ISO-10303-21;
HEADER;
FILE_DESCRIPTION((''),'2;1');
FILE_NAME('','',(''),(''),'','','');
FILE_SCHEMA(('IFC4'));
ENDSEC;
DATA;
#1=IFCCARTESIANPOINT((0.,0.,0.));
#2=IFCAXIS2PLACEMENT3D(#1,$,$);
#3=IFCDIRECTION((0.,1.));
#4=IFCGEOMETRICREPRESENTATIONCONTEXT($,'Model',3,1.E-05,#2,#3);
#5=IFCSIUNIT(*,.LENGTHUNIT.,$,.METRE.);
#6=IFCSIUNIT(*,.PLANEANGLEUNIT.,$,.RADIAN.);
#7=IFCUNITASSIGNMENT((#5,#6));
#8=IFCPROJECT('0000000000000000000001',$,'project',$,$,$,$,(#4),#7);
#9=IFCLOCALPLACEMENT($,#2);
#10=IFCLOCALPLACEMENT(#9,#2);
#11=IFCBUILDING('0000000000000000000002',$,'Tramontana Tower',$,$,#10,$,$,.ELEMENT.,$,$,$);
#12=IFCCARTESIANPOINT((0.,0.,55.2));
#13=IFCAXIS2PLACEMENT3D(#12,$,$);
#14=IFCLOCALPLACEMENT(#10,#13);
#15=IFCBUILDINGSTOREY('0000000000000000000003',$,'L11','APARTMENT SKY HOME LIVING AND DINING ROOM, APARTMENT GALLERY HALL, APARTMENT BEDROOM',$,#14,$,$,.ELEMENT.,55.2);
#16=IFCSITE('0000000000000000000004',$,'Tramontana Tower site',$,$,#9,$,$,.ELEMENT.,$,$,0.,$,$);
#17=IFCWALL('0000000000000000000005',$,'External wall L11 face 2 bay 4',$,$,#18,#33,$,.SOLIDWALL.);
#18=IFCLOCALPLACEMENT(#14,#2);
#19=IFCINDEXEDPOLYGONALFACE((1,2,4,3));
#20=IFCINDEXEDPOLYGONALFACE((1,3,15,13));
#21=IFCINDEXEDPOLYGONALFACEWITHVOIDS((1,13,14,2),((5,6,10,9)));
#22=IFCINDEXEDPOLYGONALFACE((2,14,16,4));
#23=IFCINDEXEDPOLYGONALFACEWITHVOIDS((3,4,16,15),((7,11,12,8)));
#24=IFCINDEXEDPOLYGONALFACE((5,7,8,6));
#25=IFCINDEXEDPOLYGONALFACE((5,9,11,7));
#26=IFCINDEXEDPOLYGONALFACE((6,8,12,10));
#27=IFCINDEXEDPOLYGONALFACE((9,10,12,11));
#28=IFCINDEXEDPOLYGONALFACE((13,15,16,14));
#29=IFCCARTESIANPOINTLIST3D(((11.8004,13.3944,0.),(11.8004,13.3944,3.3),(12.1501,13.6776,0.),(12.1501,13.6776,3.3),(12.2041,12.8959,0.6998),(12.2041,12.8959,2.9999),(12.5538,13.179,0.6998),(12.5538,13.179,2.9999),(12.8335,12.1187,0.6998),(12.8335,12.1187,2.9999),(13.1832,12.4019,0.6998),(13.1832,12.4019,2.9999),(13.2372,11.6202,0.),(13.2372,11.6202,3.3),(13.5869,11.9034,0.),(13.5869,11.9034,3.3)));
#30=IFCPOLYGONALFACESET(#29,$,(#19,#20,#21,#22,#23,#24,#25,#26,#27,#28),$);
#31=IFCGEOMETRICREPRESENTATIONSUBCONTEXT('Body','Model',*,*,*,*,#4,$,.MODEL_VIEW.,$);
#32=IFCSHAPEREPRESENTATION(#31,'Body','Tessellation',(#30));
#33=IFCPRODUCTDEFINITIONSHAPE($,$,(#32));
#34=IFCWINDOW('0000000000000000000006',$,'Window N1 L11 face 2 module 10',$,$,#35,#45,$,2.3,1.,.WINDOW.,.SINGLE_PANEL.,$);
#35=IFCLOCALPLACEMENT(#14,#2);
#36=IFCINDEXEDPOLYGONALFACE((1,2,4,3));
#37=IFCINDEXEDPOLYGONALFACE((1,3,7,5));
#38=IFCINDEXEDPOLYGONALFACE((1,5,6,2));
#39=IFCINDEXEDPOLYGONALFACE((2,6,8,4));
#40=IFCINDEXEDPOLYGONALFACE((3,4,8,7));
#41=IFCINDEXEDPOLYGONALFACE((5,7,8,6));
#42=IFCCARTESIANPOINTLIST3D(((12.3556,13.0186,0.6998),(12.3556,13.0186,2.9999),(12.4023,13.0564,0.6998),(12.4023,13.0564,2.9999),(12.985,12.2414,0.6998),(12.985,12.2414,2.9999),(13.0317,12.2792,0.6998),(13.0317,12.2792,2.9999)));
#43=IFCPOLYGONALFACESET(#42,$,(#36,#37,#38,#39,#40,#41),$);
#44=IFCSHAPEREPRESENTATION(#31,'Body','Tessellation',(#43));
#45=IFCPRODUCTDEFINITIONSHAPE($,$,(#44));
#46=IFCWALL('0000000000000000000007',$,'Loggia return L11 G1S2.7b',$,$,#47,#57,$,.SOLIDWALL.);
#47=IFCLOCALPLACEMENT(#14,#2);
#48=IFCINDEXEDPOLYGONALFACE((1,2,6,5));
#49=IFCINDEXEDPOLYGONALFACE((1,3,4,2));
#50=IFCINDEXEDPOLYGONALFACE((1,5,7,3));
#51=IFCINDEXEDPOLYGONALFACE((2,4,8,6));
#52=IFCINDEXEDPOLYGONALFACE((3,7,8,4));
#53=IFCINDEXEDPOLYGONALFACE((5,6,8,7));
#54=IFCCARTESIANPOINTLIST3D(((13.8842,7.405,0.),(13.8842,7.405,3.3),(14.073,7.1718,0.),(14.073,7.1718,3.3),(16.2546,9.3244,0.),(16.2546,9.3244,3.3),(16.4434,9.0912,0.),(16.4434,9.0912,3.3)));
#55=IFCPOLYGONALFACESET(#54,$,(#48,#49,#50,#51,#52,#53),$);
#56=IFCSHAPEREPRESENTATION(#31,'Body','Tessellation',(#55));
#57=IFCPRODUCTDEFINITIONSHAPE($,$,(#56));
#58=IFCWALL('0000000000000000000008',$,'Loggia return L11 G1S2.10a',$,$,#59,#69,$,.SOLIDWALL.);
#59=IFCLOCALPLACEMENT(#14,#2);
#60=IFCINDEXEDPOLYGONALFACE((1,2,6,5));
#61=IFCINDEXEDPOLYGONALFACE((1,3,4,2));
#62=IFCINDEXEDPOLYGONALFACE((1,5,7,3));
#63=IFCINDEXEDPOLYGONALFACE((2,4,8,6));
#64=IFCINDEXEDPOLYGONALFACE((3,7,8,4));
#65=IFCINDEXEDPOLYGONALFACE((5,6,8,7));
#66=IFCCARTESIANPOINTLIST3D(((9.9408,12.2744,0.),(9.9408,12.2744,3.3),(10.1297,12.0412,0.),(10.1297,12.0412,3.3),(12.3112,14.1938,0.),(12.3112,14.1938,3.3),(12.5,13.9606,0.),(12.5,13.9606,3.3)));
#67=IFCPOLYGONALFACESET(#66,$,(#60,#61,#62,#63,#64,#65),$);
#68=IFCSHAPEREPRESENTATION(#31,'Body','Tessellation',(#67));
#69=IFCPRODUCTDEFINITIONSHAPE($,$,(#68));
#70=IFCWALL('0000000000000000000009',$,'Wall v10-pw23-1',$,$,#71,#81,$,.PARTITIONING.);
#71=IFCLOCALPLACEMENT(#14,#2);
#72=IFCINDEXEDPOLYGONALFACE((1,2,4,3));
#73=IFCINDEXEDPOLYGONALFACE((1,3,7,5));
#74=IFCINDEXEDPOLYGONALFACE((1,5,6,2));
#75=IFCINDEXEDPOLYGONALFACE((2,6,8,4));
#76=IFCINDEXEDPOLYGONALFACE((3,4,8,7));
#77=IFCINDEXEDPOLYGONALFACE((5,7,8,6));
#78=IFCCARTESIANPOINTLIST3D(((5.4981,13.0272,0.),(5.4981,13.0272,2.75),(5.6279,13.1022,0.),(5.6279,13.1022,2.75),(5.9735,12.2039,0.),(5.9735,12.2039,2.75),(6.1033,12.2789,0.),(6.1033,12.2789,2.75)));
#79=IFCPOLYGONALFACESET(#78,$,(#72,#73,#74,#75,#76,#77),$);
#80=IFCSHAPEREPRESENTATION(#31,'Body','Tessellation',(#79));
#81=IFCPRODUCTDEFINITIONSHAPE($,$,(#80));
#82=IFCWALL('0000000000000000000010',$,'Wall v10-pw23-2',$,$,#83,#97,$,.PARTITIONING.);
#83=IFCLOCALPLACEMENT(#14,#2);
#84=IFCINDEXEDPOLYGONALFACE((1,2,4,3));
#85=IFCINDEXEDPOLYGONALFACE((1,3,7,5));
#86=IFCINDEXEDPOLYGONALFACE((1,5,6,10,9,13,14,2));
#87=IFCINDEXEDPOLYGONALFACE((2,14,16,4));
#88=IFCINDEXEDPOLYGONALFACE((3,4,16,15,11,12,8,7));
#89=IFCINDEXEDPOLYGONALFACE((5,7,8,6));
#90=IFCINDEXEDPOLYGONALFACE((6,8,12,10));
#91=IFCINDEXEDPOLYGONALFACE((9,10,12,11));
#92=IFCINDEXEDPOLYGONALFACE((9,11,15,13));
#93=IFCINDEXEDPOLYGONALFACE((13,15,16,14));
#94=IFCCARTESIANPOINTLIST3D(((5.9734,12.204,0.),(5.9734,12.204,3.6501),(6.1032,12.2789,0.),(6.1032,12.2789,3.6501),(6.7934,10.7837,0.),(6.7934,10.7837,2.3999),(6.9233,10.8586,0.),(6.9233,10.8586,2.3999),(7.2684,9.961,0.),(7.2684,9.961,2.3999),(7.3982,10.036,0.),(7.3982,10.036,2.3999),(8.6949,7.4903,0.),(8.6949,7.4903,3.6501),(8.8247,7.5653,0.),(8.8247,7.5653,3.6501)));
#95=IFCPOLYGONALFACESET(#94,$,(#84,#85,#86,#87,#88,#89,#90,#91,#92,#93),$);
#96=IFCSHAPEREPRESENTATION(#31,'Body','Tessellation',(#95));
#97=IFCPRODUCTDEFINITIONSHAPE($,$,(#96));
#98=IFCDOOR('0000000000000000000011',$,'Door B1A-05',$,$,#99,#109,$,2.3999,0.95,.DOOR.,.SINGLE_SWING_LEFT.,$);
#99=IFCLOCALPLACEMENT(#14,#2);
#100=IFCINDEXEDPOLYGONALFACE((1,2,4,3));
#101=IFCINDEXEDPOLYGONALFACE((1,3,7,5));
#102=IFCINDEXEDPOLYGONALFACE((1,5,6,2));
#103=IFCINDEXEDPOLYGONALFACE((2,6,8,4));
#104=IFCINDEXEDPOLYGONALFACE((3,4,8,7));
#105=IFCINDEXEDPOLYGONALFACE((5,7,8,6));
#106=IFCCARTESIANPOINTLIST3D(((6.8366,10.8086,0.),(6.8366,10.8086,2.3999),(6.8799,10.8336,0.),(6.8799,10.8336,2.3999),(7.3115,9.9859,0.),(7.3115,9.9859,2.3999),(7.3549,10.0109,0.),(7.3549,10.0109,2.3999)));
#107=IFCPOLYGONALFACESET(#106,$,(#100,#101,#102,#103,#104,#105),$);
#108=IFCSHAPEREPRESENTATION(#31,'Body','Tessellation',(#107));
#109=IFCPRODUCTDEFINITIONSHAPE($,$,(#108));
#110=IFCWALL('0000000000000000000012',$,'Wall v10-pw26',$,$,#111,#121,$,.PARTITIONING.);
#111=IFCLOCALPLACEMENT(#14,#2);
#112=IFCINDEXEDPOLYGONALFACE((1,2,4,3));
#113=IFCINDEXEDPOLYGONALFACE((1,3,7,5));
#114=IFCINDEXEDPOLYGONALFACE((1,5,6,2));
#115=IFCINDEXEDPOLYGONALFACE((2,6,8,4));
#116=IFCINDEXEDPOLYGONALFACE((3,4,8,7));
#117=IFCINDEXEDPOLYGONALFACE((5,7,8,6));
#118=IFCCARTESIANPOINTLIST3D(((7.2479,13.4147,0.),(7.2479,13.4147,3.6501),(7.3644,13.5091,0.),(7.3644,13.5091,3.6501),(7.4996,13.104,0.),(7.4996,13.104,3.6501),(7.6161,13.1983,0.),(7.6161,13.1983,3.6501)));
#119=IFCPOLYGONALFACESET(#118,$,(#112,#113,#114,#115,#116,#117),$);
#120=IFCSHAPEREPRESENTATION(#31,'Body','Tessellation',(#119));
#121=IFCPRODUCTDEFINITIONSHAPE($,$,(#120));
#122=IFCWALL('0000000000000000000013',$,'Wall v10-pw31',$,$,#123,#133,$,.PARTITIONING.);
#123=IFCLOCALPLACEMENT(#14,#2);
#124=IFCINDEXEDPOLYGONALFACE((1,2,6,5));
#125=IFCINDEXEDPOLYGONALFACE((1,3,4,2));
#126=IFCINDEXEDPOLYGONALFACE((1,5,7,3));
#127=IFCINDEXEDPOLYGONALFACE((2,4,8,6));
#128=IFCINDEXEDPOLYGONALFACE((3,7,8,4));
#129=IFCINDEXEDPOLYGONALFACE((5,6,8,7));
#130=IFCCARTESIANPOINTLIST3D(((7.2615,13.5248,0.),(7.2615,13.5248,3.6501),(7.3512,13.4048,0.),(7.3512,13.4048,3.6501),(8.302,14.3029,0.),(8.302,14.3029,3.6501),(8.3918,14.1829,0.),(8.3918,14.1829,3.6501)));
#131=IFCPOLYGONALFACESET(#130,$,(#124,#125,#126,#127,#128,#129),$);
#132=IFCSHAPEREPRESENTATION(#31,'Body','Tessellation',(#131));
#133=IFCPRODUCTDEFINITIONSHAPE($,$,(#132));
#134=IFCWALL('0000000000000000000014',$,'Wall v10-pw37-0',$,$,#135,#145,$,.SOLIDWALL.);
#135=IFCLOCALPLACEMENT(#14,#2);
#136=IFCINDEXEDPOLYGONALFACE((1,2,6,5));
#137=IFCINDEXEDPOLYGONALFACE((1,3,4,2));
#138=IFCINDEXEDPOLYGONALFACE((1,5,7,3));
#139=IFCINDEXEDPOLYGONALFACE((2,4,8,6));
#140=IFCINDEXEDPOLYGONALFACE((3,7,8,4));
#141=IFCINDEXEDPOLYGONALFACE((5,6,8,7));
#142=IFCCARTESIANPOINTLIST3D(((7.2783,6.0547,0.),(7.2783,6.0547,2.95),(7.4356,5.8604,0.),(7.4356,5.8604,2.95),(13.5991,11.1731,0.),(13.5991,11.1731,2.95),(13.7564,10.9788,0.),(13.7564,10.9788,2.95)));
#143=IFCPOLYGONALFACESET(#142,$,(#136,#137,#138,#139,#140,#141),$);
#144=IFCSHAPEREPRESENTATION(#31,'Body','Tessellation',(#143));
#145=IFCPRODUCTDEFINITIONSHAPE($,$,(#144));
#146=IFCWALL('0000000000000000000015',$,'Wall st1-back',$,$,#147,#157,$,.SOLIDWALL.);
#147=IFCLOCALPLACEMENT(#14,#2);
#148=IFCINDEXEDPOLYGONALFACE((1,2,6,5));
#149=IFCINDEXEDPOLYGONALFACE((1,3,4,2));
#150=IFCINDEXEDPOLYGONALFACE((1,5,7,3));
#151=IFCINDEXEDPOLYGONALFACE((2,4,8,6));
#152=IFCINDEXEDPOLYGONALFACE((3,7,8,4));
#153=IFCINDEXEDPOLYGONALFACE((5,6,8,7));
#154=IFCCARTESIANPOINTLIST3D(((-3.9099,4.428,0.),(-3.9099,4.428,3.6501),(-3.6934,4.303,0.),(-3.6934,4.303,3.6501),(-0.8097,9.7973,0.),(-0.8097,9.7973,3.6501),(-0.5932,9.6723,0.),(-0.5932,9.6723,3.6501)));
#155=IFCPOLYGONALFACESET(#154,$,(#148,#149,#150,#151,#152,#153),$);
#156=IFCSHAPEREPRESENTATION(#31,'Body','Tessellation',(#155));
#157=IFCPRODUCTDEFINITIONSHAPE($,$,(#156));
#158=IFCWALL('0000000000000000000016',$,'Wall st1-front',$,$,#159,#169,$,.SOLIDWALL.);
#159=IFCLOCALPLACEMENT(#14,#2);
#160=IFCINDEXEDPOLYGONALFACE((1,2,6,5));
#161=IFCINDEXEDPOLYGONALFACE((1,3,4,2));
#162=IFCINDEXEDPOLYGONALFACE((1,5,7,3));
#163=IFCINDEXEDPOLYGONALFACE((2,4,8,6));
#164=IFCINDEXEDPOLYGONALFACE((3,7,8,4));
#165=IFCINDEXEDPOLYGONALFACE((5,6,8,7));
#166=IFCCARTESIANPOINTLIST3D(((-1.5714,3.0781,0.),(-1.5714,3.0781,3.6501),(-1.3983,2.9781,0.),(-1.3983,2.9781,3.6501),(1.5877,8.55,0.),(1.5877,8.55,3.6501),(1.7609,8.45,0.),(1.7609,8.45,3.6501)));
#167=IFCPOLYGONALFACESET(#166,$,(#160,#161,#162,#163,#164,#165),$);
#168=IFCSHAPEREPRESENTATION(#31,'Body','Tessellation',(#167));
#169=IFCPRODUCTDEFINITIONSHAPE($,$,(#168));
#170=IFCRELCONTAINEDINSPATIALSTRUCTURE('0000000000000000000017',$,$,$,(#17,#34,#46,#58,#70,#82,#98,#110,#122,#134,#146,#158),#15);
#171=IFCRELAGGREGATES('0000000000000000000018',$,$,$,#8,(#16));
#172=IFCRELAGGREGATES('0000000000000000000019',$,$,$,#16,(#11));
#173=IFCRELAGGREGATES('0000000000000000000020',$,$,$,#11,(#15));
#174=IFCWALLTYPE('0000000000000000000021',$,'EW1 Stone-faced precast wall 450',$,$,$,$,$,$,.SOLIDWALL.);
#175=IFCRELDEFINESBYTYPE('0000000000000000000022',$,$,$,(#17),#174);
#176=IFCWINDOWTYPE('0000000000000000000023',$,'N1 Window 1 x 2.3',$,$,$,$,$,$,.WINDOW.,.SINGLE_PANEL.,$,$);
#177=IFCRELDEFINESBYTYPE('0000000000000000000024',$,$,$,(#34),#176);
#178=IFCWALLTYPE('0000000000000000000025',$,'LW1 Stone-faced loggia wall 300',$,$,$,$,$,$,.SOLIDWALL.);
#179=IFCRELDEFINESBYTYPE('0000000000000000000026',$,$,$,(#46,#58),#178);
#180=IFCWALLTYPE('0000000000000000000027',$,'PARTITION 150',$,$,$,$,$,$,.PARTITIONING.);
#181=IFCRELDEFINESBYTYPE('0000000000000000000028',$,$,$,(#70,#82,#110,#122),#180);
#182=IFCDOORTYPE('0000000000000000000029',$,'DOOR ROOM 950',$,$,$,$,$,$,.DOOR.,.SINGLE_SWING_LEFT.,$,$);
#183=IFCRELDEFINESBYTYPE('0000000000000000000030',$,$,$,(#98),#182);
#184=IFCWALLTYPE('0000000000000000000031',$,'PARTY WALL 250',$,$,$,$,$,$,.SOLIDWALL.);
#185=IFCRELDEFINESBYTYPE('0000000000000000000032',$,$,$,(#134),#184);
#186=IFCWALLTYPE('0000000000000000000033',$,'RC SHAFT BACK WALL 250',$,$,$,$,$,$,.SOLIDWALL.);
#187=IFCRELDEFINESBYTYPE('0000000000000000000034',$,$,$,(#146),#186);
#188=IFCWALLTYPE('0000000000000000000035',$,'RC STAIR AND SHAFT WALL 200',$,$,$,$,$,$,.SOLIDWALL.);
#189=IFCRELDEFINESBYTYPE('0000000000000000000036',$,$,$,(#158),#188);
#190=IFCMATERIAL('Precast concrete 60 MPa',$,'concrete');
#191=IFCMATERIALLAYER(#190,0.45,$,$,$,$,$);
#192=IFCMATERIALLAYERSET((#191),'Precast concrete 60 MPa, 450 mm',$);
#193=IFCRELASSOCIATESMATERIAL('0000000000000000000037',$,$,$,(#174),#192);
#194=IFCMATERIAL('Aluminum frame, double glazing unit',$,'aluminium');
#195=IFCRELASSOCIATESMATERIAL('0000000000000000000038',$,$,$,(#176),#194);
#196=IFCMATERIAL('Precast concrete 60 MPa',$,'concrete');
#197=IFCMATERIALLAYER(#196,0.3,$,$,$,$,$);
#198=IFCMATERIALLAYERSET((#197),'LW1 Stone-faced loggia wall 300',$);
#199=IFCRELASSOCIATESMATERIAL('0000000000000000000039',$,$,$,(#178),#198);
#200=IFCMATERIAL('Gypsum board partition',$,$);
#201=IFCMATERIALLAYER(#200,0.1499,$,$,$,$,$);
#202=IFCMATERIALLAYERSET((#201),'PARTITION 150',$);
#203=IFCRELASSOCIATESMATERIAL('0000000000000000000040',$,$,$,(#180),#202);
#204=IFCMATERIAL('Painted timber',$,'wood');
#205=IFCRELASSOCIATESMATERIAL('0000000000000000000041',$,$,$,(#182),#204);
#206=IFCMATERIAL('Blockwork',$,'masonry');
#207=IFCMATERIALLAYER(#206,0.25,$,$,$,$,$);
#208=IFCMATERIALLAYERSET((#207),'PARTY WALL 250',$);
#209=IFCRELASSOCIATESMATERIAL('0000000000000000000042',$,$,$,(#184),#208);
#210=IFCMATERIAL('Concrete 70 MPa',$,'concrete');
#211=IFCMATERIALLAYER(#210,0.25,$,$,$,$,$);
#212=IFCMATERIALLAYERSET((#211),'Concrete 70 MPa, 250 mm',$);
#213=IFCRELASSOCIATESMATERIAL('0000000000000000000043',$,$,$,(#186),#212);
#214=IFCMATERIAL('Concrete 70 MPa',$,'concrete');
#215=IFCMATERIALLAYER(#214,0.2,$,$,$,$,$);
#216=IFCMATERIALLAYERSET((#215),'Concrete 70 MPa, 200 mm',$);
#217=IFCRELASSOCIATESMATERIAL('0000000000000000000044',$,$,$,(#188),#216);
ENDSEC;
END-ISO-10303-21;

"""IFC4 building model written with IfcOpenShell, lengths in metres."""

from ifc_helpers import new_model, si_unit, direction, frame, frame_2d, origin, place, context, subcontext, project, spatial, rectangle, extrude, material, layer, layer_set, type_object, element, fill, save


model = new_model("IFC4")

# Units and contexts
model_context = context("Model", 3, precision=1e-05, world=origin(), true_north=direction((0.0, 1.0)))
body_context = subcontext(model_context, "Body", "Model", "MODEL_VIEW")
ifc_project = project(units=[si_unit("LENGTHUNIT", "METRE"), si_unit("PLANEANGLEUNIT", "RADIAN")], contexts=[model_context])

# Site, building, storey
site_placement = place(None, origin())
site = spatial("IfcSite", under=ifc_project, at=site_placement, Name="Tramontana Tower site", CompositionType="ELEMENT", RefElevation=0.0)
building_placement = place(site_placement, origin())
building = spatial("IfcBuilding", under=site, at=building_placement, Name="Tramontana Tower", CompositionType="ELEMENT")
storey_placement = place(building_placement, frame((0.0, 0.0, 55.2)))
storey = spatial("IfcBuildingStorey", under=building, at=storey_placement, Name="L11", Description="APARTMENT SKY HOME LIVING AND DINING ROOM, APARTMENT GALLERY HALL, APARTMENT BEDROOM", CompositionType="ELEMENT", Elevation=55.2)

# Wall, opening, window
ifc_material_1 = material(Name="Precast concrete 60 MPa", Category="concrete")
ifc_layer_1 = layer(ifc_material_1, 0.45)
ifc_layer_set_1 = layer_set([ifc_layer_1], Name="Precast concrete 60 MPa, 450 mm")
wall_type_1 = type_object("IfcWallType", Name="EW1 Stone-faced precast wall 450", PredefinedType="SOLIDWALL", material=ifc_layer_set_1)
wall_1_placement = place(storey_placement, frame((13.4121, 11.7617, 0.0), z_axis=(0.0, 0.0, 1.0), x_axis=(-0.62934, 0.77713, 0.0)))
wall_1 = element("IfcWall", 1, at=wall_1_placement, inside=storey, type_object=wall_type_1, Name="External wall L11 face 2 bay 4", PredefinedType="SOLIDWALL", context=body_context, shape_type="SweptSolid", body=[
    extrude(rectangle(XDim=2.283, YDim=0.45, at=frame_2d((1.1416, 0.0))), origin(), (0.0, 0.0, 1.0), 3.3),
])
opening_1_placement = place(wall_1_placement, frame((0.6416, 0.0, 0.7)))
opening_1 = element("IfcOpeningElement", 2, at=opening_1_placement, cuts=wall_1, PredefinedType="OPENING", context=body_context, shape_type="SweptSolid", body=[
    extrude(rectangle(XDim=1.0, YDim=2.3, at=frame_2d((0.5, 1.1499))), frame((0.0, 0.2349, 0.0), z_axis=(0.0, -1.0, 0.0), x_axis=(1.0, 0.0, 0.0)), (0.0, 0.0, 1.0), 0.47),
])
ifc_material_2 = material(Name="Aluminum frame, double glazing unit", Category="aluminium")
window_type_1 = type_object("IfcWindowType", Name="N1 Window 1 x 2.3", PartitioningType="SINGLE_PANEL", PredefinedType="WINDOW", material=ifc_material_2)
window_1_placement = place(opening_1_placement, origin())
window_1 = element("IfcWindow", 3, at=window_1_placement, inside=storey, type_object=window_type_1, Name="Window N1 L11 face 2 module 10", OverallHeight=2.3, OverallWidth=1.0, PartitioningType="SINGLE_PANEL", PredefinedType="WINDOW", context=body_context, shape_type="SweptSolid", body=[
    extrude(rectangle(XDim=1.0, YDim=2.3, at=frame_2d((0.5, 1.1499))), frame((0.0, 0.03, 0.0), z_axis=(0.0, -1.0, 0.0), x_axis=(1.0, 0.0, 0.0)), (0.0, 0.0, 1.0), 0.0601),
])
fill(opening_1, window_1)

# Wall
ifc_material_3 = material(Name="Precast concrete 60 MPa", Category="concrete")
ifc_layer_2 = layer(ifc_material_3, 0.3)
ifc_layer_set_2 = layer_set([ifc_layer_2], Name="LW1 Stone-faced loggia wall 300")
wall_type_2 = type_object("IfcWallType", Name="LW1 Stone-faced loggia wall 300", PredefinedType="SOLIDWALL", material=ifc_layer_set_2)
wall_2_placement = place(storey_placement, frame((16.3489, 9.2078, 0.0), z_axis=(0.0, 0.0, 1.0), x_axis=(-0.777154, -0.629311, 0.0)))
element("IfcWall", 4, at=wall_2_placement, inside=storey, type_object=wall_type_2, Name="Loggia return L11 G1S2.7b", PredefinedType="SOLIDWALL", context=body_context, shape_type="SweptSolid", body=[
    extrude(rectangle(XDim=3.05, YDim=0.3, at=frame_2d((1.5249, 0.0))), origin(), (0.0, 0.0, 1.0), 3.3),
])

# Walls
wall_3_placement = place(storey_placement, frame((12.4055, 14.0771, 0.0), z_axis=(0.0, 0.0, 1.0), x_axis=(-0.777154, -0.629311, 0.0)))
element("IfcWall", 5, at=wall_3_placement, inside=storey, type_object=wall_type_2, Name="Loggia return L11 G1S2.10a", PredefinedType="SOLIDWALL", context=body_context, shape_type="SweptSolid", body=[
    extrude(rectangle(XDim=3.05, YDim=0.3, at=frame_2d((1.5249, 0.0))), origin(), (0.0, 0.0, 1.0), 3.3),
])
ifc_material_4 = material(Name="Gypsum board partition")
ifc_layer_3 = layer(ifc_material_4, 0.1499)
ifc_layer_set_3 = layer_set([ifc_layer_3], Name="PARTITION 150")
wall_type_3 = type_object("IfcWallType", Name="PARTITION 150", PredefinedType="PARTITIONING", material=ifc_layer_set_3)
wall_4_placement = place(storey_placement, frame((5.563, 13.0647, 0.0), z_axis=(0.0, 0.0, 1.0), x_axis=(0.500034, -0.866006, 0.0)))
element("IfcWall", 6, at=wall_4_placement, inside=storey, type_object=wall_type_3, Name="Wall v10-pw23-1", PredefinedType="PARTITIONING", context=body_context, shape_type="SweptSolid", body=[
    extrude(rectangle(XDim=0.9507, YDim=0.1499, at=frame_2d((0.4753, 0.0))), origin(), (0.0, 0.0, 1.0), 2.75),
])

# Wall, opening, door
wall_5_placement = place(storey_placement, frame((6.0383, 12.2415, 0.0), z_axis=(0.0, 0.0, 1.0), x_axis=(0.500003, -0.866023, 0.0)))
wall_5 = element("IfcWall", 7, at=wall_5_placement, inside=storey, type_object=wall_type_3, Name="Wall v10-pw23-2", PredefinedType="PARTITIONING", context=body_context, shape_type="SweptSolid", body=[
    extrude(rectangle(XDim=5.4429, YDim=0.1499, at=frame_2d((2.7214, 0.0))), origin(), (0.0, 0.0, 1.0), 3.6501),
])
opening_2_placement = place(wall_5_placement, frame((1.6399, 0.0, 0.0)))
opening_2 = element("IfcOpeningElement", 8, at=opening_2_placement, cuts=wall_5, PredefinedType="OPENING", context=body_context, shape_type="SweptSolid", body=[
    extrude(rectangle(XDim=0.95, YDim=2.3999, at=frame_2d((0.4751, 1.2))), frame((0.0, 0.085, 0.0), z_axis=(0.0, -1.0, 0.0), x_axis=(1.0, 0.0, 0.0)), (0.0, 0.0, 1.0), 0.1699),
])
ifc_material_5 = material(Name="Painted timber", Category="wood")
door_type_1 = type_object("IfcDoorType", Name="DOOR ROOM 950", OperationType="SINGLE_SWING_LEFT", PredefinedType="DOOR", material=ifc_material_5)
door_1_placement = place(opening_2_placement, origin())
door_1 = element("IfcDoor", 9, at=door_1_placement, inside=storey, type_object=door_type_1, Name="Door B1A-05", OperationType="SINGLE_SWING_LEFT", OverallHeight=2.3999, OverallWidth=0.95, PredefinedType="DOOR", context=body_context, shape_type="SweptSolid", body=[
    extrude(rectangle(XDim=0.95, YDim=2.3999, at=frame_2d((0.4751, 1.2))), frame((0.0, 0.0249, 0.0), z_axis=(0.0, -1.0, 0.0), x_axis=(1.0, 0.0, 0.0)), (0.0, 0.0, 1.0), 0.05),
])
fill(opening_2, door_1)

# Wall
wall_6_placement = place(storey_placement, frame((7.3062, 13.4619, 0.0), z_axis=(0.0, 0.0, 1.0), x_axis=(0.629374, -0.777103, 0.0)))
element("IfcWall", 10, at=wall_6_placement, inside=storey, type_object=wall_type_3, Name="Wall v10-pw26", PredefinedType="PARTITIONING", context=body_context, shape_type="SweptSolid", body=[
    extrude(rectangle(XDim=0.3999, YDim=0.1499, at=frame_2d((0.2, 0.0))), origin(), (0.0, 0.0, 1.0), 3.6501),
])

# Walls
wall_7_placement = place(storey_placement, frame((8.3469, 14.2429, 0.0), z_axis=(0.0, 0.0, 1.0), x_axis=(-0.800856, -0.598857, 0.0)))
element("IfcWall", 11, at=wall_7_placement, inside=storey, type_object=wall_type_3, Name="Wall v10-pw31", PredefinedType="PARTITIONING", context=body_context, shape_type="SweptSolid", body=[
    extrude(rectangle(XDim=1.2993, YDim=0.1499, at=frame_2d((0.6497, 0.0))), origin(), (0.0, 0.0, 1.0), 3.6501),
])
ifc_material_6 = material(Name="Blockwork", Category="masonry")
ifc_layer_4 = layer(ifc_material_6, 0.25)
ifc_layer_set_4 = layer_set([ifc_layer_4], Name="PARTY WALL 250")
wall_type_4 = type_object("IfcWallType", Name="PARTY WALL 250", PredefinedType="SOLIDWALL", material=ifc_layer_set_4)
wall_8_placement = place(storey_placement, frame((13.6777, 11.0759, 0.0), z_axis=(0.0, 0.0, 1.0), x_axis=(-0.77715, -0.629315, 0.0)))
element("IfcWall", 12, at=wall_8_placement, inside=storey, type_object=wall_type_4, Name="Wall v10-pw37-0", PredefinedType="SOLIDWALL", context=body_context, shape_type="SweptSolid", body=[
    extrude(rectangle(XDim=8.1333, YDim=0.25, at=frame_2d((4.0667, 0.0))), origin(), (0.0, 0.0, 1.0), 2.95),
])
ifc_material_7 = material(Name="Concrete 70 MPa", Category="concrete")
ifc_layer_5 = layer(ifc_material_7, 0.25)
ifc_layer_set_5 = layer_set([ifc_layer_5], Name="Concrete 70 MPa, 250 mm")
wall_type_5 = type_object("IfcWallType", Name="RC SHAFT BACK WALL 250", PredefinedType="SOLIDWALL", material=ifc_layer_set_5)
wall_9_placement = place(storey_placement, frame((-0.7014, 9.7349, 0.0), z_axis=(0.0, 0.0, 1.0), x_axis=(-0.500027, -0.86601, 0.0)))
element("IfcWall", 13, at=wall_9_placement, inside=storey, type_object=wall_type_5, Name="Wall st1-back", PredefinedType="SOLIDWALL", context=body_context, shape_type="SweptSolid", body=[
    extrude(rectangle(XDim=6.2, YDim=0.25, at=frame_2d((3.1001, 0.0))), origin(), (0.0, 0.0, 1.0), 3.6501),
])
ifc_material_8 = material(Name="Concrete 70 MPa", Category="concrete")
ifc_layer_6 = layer(ifc_material_8, 0.2)
ifc_layer_set_6 = layer_set([ifc_layer_6], Name="Concrete 70 MPa, 200 mm")
wall_type_6 = type_object("IfcWallType", Name="RC STAIR AND SHAFT WALL 200", PredefinedType="SOLIDWALL", material=ifc_layer_set_6)
wall_10_placement = place(storey_placement, frame((1.6743, 8.5, 0.0), z_axis=(0.0, 0.0, 1.0), x_axis=(-0.499996, -0.866028, 0.0)))
element("IfcWall", 14, at=wall_10_placement, inside=storey, type_object=wall_type_6, Name="Wall st1-front", PredefinedType="SOLIDWALL", context=body_context, shape_type="SweptSolid", body=[
    extrude(rectangle(XDim=6.3184, YDim=0.2, at=frame_2d((3.1592, 0.0))), origin(), (0.0, 0.0, 1.0), 3.6501),
])

save(model, "model.ifc")
